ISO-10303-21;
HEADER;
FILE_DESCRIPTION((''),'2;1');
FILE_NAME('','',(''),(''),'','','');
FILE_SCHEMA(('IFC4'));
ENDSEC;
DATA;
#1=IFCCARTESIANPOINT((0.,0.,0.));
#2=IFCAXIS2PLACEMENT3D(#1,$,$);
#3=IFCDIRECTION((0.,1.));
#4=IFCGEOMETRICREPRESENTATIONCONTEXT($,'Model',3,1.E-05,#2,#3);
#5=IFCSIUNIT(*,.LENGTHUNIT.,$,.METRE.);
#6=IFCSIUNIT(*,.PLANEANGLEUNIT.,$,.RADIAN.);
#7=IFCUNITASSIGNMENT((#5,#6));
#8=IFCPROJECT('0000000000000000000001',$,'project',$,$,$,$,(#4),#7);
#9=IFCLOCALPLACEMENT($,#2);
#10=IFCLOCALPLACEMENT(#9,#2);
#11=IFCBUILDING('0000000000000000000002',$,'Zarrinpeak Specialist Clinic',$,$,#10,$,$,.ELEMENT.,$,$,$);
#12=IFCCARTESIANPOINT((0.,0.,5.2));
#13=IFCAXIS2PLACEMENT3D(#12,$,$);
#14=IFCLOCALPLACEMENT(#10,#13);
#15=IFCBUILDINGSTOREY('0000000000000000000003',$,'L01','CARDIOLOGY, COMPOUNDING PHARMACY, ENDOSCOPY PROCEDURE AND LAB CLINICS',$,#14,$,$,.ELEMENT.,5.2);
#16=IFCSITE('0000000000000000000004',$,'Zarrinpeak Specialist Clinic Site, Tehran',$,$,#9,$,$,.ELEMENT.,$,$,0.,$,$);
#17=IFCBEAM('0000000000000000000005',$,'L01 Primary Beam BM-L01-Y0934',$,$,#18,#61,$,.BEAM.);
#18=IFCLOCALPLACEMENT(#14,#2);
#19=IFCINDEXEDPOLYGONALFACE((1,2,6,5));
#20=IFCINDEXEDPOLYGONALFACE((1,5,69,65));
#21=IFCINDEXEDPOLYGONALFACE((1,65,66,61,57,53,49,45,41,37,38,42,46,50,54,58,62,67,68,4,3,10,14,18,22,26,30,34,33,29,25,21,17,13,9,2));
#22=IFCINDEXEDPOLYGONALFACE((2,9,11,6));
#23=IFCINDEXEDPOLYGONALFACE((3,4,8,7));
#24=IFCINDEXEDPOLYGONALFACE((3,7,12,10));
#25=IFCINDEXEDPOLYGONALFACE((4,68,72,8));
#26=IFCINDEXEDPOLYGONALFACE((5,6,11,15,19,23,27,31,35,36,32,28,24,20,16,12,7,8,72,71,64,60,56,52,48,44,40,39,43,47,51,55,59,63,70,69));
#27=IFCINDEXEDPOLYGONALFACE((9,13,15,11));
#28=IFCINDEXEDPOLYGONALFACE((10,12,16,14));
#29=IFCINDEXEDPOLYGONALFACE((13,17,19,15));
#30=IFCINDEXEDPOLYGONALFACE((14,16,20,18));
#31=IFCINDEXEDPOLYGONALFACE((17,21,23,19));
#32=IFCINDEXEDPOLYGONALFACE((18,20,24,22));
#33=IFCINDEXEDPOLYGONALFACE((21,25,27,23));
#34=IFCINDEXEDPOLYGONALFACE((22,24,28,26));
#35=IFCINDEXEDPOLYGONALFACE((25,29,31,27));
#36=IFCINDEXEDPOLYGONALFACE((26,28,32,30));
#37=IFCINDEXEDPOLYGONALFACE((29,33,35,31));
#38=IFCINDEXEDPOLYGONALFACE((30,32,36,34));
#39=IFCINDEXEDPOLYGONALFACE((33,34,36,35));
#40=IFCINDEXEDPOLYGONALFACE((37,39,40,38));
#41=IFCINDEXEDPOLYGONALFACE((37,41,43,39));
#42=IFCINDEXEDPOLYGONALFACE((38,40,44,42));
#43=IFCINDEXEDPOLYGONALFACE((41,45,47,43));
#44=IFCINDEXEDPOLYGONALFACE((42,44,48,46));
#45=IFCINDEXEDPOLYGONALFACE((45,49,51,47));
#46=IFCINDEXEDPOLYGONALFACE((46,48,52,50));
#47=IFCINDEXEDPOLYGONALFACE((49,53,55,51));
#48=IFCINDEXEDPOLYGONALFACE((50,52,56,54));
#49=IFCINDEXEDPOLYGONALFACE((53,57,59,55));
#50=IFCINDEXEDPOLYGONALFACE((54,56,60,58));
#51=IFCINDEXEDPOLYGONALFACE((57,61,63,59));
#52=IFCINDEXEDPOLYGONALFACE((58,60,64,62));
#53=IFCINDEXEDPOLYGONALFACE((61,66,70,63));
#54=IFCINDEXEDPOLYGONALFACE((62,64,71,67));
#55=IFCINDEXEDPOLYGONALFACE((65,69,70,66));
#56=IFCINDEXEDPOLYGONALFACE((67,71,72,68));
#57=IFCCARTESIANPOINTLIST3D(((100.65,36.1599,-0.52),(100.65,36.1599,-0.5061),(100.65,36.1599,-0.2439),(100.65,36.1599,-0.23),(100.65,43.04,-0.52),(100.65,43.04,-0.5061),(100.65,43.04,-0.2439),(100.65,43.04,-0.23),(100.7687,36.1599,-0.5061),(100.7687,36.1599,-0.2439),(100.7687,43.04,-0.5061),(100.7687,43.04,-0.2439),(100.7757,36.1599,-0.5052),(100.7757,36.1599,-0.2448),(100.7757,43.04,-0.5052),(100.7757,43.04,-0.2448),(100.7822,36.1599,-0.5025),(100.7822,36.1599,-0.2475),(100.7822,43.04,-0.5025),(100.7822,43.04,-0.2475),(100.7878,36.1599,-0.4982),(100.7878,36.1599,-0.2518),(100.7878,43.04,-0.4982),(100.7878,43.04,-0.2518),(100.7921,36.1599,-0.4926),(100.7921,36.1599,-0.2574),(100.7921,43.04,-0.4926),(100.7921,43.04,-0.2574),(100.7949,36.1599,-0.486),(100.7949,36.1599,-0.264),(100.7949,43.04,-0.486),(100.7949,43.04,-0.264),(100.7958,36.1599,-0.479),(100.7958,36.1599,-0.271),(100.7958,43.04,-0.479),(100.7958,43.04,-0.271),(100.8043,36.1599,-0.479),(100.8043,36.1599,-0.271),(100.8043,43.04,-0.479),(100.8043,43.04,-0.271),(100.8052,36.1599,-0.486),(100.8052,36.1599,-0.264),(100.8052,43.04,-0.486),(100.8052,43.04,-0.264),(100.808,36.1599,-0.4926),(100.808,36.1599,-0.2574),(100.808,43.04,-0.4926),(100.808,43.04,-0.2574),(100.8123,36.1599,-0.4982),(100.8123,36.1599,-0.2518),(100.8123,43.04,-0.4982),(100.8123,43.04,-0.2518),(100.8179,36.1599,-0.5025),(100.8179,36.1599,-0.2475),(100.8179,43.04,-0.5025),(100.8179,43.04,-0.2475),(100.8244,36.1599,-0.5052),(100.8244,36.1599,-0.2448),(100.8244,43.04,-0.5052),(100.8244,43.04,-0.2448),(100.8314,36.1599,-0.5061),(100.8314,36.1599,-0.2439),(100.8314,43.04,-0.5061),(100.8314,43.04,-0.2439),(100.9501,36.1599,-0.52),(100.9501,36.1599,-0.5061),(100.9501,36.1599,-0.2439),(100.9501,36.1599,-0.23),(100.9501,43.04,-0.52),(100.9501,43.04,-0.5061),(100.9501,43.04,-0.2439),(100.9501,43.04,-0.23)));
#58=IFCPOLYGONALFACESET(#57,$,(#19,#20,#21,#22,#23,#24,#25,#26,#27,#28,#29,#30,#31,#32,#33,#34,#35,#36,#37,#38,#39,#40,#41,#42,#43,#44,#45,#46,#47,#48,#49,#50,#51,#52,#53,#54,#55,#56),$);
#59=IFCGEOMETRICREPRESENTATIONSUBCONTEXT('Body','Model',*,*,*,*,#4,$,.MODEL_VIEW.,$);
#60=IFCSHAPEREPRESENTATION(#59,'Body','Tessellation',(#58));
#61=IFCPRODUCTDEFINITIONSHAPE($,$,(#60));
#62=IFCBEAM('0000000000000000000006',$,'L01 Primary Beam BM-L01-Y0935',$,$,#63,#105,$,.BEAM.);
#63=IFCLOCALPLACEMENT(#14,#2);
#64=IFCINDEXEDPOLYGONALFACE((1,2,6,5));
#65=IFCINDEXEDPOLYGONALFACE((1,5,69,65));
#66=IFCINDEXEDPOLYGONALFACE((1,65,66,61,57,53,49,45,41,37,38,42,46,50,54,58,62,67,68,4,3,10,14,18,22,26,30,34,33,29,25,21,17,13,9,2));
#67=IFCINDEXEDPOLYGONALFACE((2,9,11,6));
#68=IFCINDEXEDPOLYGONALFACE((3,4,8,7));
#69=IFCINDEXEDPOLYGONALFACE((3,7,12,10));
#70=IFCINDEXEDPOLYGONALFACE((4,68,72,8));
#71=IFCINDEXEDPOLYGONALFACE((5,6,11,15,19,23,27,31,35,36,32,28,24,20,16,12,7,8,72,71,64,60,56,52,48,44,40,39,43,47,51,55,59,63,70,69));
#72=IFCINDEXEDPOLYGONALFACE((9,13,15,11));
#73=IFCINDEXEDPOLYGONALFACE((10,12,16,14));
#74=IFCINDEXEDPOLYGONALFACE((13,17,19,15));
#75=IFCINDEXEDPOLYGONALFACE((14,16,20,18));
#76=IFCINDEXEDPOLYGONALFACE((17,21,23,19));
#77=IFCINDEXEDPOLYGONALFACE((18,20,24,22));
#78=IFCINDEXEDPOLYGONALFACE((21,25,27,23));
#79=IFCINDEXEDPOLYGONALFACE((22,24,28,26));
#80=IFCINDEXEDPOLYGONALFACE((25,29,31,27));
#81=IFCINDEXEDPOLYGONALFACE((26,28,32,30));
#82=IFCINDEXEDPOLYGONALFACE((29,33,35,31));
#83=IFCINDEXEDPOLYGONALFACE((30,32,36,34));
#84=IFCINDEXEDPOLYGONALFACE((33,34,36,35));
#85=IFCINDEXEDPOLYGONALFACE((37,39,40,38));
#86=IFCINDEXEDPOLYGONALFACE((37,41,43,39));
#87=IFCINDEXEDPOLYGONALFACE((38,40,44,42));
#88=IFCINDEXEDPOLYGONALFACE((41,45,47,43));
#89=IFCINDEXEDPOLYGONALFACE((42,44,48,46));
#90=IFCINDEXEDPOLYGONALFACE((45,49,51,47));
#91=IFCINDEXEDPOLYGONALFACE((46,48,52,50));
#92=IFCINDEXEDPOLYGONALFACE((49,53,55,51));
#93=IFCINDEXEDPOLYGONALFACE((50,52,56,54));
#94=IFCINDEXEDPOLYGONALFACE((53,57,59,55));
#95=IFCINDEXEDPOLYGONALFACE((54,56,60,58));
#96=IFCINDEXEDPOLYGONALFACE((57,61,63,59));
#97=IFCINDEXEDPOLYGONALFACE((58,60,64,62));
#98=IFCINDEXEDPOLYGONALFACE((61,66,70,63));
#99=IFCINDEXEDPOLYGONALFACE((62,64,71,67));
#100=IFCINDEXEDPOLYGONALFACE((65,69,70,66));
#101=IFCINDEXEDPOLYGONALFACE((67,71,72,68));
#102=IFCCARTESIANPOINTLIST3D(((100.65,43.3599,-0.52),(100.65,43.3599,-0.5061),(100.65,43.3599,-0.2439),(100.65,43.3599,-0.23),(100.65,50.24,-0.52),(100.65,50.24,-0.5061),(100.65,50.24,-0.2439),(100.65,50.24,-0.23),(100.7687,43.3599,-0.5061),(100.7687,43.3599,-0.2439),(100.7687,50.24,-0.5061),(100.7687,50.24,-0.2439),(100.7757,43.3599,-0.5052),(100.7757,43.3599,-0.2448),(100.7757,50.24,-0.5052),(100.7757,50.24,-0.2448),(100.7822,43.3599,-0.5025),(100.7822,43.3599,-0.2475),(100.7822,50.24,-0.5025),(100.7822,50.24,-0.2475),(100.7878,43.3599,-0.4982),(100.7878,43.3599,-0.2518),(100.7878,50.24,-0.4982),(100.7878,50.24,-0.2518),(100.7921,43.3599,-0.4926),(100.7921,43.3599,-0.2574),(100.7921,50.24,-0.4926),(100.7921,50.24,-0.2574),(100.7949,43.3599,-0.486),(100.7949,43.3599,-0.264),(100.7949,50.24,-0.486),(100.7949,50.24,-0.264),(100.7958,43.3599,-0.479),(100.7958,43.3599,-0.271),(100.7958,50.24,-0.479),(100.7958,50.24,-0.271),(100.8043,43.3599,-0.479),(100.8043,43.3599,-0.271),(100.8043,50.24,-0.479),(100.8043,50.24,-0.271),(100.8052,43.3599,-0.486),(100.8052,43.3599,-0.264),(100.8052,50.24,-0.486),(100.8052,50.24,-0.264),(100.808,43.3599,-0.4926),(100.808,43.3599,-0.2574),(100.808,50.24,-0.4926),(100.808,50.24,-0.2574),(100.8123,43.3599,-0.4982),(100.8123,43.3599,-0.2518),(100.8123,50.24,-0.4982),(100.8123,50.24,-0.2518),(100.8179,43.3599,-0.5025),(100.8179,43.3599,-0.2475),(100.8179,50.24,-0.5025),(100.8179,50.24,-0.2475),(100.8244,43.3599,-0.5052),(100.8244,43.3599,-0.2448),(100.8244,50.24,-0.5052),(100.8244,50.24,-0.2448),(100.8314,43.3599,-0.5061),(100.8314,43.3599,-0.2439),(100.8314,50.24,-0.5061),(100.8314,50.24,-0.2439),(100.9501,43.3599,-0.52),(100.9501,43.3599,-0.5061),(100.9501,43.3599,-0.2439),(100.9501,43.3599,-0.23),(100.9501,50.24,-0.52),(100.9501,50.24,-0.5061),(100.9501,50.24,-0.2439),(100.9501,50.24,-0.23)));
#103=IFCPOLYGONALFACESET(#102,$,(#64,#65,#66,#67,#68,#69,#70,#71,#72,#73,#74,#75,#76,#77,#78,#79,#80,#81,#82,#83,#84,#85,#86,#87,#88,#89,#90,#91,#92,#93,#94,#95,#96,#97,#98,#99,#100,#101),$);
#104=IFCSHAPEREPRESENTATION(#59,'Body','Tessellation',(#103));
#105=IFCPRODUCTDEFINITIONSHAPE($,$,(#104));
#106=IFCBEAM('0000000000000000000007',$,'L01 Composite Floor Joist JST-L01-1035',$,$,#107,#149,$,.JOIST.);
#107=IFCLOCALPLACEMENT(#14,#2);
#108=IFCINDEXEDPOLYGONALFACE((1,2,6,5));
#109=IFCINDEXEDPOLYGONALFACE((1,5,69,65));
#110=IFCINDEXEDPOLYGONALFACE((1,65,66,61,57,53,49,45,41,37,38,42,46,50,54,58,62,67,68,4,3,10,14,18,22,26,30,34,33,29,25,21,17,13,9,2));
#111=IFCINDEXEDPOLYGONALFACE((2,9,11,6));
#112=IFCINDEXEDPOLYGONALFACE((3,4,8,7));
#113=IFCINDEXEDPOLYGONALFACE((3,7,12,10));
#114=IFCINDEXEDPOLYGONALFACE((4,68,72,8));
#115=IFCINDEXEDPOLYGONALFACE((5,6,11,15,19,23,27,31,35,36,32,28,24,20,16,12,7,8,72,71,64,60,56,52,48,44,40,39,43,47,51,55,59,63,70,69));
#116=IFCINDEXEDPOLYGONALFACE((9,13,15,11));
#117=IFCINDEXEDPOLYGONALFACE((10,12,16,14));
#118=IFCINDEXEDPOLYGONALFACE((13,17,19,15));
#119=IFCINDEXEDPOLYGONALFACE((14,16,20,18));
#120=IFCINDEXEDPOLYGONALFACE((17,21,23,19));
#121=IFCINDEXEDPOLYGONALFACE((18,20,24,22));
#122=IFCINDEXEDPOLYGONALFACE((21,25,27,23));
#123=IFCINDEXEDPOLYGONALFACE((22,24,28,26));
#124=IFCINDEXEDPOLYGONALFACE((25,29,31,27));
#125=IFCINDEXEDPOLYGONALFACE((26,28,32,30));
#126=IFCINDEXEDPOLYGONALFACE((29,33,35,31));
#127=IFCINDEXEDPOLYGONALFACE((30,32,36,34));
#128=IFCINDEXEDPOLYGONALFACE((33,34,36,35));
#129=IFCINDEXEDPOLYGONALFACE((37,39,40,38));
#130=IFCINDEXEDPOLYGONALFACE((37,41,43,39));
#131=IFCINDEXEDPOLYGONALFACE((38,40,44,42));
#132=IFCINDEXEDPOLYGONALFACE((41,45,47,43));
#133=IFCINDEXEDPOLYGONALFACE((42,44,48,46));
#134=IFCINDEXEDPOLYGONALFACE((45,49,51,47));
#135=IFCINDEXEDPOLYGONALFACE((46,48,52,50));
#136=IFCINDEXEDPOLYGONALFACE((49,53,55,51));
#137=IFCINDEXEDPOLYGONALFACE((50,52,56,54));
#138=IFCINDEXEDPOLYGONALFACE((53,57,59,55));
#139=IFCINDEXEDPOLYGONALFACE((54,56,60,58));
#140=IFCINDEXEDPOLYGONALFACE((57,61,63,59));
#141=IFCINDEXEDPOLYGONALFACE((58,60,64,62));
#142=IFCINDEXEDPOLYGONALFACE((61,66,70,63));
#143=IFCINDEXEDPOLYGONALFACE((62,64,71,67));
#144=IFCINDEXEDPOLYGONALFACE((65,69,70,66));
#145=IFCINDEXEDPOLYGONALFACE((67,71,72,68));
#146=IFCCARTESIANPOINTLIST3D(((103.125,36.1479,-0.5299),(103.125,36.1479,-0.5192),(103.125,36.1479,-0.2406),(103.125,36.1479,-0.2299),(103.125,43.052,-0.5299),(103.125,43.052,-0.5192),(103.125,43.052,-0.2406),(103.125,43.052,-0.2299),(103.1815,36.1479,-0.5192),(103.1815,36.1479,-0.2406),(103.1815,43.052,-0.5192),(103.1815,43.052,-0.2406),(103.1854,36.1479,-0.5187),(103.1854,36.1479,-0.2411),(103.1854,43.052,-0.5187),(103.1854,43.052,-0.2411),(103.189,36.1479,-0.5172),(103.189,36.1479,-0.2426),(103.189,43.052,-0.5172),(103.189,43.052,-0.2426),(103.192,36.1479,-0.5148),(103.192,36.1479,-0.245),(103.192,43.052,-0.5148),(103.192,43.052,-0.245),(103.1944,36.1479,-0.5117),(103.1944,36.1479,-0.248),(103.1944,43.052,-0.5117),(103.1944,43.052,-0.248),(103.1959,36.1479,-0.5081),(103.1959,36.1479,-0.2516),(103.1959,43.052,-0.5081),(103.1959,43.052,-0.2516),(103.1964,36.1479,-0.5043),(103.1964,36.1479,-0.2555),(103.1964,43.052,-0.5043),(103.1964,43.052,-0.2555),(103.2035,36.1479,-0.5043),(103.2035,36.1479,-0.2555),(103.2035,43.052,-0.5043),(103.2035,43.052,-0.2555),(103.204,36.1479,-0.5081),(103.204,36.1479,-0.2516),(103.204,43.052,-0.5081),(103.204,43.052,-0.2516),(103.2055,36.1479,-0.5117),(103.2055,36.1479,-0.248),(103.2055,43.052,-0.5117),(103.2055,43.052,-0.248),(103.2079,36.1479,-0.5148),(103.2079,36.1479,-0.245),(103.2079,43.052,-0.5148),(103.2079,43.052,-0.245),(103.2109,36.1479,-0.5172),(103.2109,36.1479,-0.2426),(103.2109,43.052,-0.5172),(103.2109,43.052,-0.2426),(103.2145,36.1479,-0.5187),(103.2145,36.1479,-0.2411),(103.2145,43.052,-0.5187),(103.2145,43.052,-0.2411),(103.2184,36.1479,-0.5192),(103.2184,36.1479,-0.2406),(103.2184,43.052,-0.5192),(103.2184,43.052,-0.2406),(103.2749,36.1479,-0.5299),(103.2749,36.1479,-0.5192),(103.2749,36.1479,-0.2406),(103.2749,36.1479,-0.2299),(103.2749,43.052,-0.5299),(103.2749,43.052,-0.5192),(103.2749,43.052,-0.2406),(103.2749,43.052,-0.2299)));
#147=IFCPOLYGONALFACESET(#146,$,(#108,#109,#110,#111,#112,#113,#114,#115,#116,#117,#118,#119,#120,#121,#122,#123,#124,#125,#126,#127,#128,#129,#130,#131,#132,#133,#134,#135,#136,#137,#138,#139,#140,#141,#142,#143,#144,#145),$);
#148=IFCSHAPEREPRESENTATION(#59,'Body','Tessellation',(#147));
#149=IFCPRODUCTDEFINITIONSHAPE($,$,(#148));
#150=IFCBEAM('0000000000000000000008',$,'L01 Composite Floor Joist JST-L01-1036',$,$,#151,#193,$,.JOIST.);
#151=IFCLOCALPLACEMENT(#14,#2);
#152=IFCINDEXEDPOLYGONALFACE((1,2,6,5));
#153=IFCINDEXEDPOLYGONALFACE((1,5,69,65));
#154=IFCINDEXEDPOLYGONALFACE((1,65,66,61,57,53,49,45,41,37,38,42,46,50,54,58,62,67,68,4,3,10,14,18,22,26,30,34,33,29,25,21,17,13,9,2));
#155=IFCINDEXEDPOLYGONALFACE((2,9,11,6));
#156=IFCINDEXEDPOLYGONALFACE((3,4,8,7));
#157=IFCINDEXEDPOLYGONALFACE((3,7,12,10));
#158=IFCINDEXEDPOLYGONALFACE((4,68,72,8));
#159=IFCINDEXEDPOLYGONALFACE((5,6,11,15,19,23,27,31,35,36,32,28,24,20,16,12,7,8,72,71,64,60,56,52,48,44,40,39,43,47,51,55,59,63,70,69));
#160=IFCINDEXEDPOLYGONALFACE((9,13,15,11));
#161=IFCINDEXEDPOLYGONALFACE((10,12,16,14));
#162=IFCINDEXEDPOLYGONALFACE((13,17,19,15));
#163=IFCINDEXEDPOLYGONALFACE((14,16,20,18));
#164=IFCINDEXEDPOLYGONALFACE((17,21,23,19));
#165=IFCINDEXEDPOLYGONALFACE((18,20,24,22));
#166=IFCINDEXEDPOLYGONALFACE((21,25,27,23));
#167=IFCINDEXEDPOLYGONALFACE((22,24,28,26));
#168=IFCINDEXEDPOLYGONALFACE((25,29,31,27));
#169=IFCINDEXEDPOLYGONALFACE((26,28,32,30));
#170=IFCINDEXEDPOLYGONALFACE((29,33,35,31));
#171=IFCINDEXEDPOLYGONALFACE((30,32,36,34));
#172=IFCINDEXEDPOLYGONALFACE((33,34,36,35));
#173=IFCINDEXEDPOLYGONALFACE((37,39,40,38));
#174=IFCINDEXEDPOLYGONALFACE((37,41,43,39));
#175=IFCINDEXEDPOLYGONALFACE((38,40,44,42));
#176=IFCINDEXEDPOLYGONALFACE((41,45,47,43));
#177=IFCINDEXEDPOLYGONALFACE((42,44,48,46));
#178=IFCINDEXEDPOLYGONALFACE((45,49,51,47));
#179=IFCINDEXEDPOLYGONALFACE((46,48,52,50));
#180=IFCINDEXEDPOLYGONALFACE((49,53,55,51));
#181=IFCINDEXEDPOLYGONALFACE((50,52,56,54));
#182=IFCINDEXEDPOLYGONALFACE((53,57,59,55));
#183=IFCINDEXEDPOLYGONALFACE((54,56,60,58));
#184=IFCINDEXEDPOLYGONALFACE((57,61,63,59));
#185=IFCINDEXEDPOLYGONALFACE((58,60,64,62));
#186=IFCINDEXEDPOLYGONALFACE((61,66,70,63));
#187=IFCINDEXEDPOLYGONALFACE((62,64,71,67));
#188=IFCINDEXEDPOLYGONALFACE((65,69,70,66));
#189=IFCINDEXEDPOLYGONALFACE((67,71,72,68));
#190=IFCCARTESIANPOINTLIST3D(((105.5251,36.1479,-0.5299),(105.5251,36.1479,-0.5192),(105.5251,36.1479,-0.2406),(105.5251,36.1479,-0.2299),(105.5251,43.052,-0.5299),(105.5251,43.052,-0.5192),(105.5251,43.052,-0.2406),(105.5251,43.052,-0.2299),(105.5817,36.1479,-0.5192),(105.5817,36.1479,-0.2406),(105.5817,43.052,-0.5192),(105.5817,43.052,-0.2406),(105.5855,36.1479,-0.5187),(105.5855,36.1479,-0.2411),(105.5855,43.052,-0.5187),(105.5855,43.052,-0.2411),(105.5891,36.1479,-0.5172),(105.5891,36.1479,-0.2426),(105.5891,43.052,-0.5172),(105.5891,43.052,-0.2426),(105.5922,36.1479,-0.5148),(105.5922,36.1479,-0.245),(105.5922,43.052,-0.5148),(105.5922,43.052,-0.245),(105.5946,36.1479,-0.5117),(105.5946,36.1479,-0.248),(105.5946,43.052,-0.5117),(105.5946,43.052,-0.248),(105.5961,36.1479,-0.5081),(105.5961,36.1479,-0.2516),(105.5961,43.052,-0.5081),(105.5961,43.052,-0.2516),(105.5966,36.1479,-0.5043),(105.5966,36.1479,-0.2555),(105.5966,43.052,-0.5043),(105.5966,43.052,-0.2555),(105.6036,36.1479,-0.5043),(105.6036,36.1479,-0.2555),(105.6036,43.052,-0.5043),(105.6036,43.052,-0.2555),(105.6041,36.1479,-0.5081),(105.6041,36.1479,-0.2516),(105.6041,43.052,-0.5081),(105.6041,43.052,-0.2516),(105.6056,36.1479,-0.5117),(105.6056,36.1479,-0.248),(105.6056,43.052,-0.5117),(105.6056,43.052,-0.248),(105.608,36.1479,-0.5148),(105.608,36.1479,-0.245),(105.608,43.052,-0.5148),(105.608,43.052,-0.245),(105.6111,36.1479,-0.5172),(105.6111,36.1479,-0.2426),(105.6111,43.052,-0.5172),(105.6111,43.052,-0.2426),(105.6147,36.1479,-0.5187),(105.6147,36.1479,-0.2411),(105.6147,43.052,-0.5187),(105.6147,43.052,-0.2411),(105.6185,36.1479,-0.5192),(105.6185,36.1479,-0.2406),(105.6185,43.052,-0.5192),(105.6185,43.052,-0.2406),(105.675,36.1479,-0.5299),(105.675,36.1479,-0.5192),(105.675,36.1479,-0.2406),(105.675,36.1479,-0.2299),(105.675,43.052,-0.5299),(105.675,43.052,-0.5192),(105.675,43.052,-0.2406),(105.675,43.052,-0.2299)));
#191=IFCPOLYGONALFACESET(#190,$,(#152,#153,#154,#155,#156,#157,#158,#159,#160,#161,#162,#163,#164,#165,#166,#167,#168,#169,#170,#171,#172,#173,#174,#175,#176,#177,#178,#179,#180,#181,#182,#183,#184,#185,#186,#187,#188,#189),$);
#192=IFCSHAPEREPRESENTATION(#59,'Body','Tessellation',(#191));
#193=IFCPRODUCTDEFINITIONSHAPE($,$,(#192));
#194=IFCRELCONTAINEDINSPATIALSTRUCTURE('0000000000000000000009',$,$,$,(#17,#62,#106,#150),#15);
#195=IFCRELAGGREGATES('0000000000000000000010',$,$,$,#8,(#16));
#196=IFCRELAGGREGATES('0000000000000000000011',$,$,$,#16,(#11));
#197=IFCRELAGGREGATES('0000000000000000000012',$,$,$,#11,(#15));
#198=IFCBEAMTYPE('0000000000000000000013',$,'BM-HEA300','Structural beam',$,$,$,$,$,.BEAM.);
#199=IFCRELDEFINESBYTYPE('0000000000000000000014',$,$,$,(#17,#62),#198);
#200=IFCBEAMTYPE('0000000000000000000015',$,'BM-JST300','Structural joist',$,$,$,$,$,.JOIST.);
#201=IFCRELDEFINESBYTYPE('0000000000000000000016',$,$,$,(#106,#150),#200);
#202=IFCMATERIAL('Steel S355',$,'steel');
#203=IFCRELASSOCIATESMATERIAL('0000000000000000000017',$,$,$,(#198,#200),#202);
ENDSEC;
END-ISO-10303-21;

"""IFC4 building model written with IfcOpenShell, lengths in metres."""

from ifc_helpers import new_model, si_unit, direction, frame, origin, origin_2d, place, context, subcontext, project, spatial, i_section, extrude, material, material_profile, profile_set, type_object, element, save


model = new_model("IFC4")

# Units and contexts
model_context = context("Model", 3, precision=1e-05, world=origin(), true_north=direction((0.0, 1.0)))
body_context = subcontext(model_context, "Body", "Model", "MODEL_VIEW")
ifc_project = project(units=[si_unit("LENGTHUNIT", "METRE"), si_unit("PLANEANGLEUNIT", "RADIAN")], contexts=[model_context])

# Site, building, storey
site_placement = place(None, origin())
site = spatial("IfcSite", under=ifc_project, at=site_placement, Name="Zarrinpeak Specialist Clinic Site, Tehran", CompositionType="ELEMENT", RefElevation=0.0)
building_placement = place(site_placement, origin())
building = spatial("IfcBuilding", under=site, at=building_placement, Name="Zarrinpeak Specialist Clinic", CompositionType="ELEMENT")
storey_placement = place(building_placement, frame((0.0, 0.0, 5.2)))
storey = spatial("IfcBuildingStorey", under=building, at=storey_placement, Name="L01", Description="CARDIOLOGY, COMPOUNDING PHARMACY, ENDOSCOPY PROCEDURE AND LAB CLINICS", CompositionType="ELEMENT", Elevation=5.2)

# Shared definitions
ifc_material_1 = material(Name="Steel S355", Category="steel")

# Beams
ifc_material_profile_1 = material_profile(ifc_material_1, i_section(OverallWidth=0.3, OverallDepth=0.29, WebThickness=0.0085, FlangeThickness=0.0139, FilletRadius=0.0271, at=origin_2d()), Name="HEA 300")
ifc_profile_set_1 = profile_set([ifc_material_profile_1], Name="Steel S355")
beam_type_1 = type_object("IfcBeamType", Name="BM-HEA300", Description="Structural beam", PredefinedType="BEAM", material=ifc_profile_set_1)
for number, where, z_axis, x_axis, name in (
    (1, (100.8, 36.1599, -0.375), (0.0, 1.0, 0.0), (-1.0, 0.0, 0.0), "L01 Primary Beam BM-L01-Y0934"),
    (2, (100.8, 43.3599, -0.375), (0.0, 1.0, 0.0), (-1.0, 0.0, 0.0), "L01 Primary Beam BM-L01-Y0935"),
):
    element("IfcBeam", number, at=place(storey_placement, frame(where, z_axis=z_axis, x_axis=x_axis)), inside=storey, type_object=beam_type_1, Name=name, PredefinedType="BEAM", context=body_context, shape_type="SweptSolid", body=[
        extrude(i_section(OverallWidth=0.3, OverallDepth=0.29, WebThickness=0.0085, FlangeThickness=0.0139, FilletRadius=0.0271, at=origin_2d()), origin(), (0.0, 0.0, 1.0), 6.8801),
    ])
ifc_material_profile_2 = material_profile(ifc_material_1, i_section(OverallWidth=0.1499, OverallDepth=0.3, WebThickness=0.0071, FlangeThickness=0.0107, FilletRadius=0.0149, at=origin_2d()), Name="IPE 300")
ifc_profile_set_2 = profile_set([ifc_material_profile_2], Name="Steel S355")
beam_type_2 = type_object("IfcBeamType", Name="BM-JST300", Description="Structural joist", PredefinedType="JOIST", material=ifc_profile_set_2)
for number, where, z_axis, x_axis, name in (
    (3, (103.2, 36.1479, -0.3799), (0.0, 1.0, 0.0), (-1.0, 0.0, 0.0), "L01 Composite Floor Joist JST-L01-1035"),
    (4, (105.6001, 36.1479, -0.3799), (0.0, 1.0, 0.0), (-1.0, 0.0, 0.0), "L01 Composite Floor Joist JST-L01-1036"),
):
    element("IfcBeam", number, at=place(storey_placement, frame(where, z_axis=z_axis, x_axis=x_axis)), inside=storey, type_object=beam_type_2, Name=name, PredefinedType="JOIST", context=body_context, shape_type="SweptSolid", body=[
        extrude(i_section(OverallWidth=0.1499, OverallDepth=0.3, WebThickness=0.0071, FlangeThickness=0.0107, FilletRadius=0.0149, at=origin_2d()), origin(), (0.0, 0.0, 1.0), 6.9041),
    ])

save(model, "model.ifc")
